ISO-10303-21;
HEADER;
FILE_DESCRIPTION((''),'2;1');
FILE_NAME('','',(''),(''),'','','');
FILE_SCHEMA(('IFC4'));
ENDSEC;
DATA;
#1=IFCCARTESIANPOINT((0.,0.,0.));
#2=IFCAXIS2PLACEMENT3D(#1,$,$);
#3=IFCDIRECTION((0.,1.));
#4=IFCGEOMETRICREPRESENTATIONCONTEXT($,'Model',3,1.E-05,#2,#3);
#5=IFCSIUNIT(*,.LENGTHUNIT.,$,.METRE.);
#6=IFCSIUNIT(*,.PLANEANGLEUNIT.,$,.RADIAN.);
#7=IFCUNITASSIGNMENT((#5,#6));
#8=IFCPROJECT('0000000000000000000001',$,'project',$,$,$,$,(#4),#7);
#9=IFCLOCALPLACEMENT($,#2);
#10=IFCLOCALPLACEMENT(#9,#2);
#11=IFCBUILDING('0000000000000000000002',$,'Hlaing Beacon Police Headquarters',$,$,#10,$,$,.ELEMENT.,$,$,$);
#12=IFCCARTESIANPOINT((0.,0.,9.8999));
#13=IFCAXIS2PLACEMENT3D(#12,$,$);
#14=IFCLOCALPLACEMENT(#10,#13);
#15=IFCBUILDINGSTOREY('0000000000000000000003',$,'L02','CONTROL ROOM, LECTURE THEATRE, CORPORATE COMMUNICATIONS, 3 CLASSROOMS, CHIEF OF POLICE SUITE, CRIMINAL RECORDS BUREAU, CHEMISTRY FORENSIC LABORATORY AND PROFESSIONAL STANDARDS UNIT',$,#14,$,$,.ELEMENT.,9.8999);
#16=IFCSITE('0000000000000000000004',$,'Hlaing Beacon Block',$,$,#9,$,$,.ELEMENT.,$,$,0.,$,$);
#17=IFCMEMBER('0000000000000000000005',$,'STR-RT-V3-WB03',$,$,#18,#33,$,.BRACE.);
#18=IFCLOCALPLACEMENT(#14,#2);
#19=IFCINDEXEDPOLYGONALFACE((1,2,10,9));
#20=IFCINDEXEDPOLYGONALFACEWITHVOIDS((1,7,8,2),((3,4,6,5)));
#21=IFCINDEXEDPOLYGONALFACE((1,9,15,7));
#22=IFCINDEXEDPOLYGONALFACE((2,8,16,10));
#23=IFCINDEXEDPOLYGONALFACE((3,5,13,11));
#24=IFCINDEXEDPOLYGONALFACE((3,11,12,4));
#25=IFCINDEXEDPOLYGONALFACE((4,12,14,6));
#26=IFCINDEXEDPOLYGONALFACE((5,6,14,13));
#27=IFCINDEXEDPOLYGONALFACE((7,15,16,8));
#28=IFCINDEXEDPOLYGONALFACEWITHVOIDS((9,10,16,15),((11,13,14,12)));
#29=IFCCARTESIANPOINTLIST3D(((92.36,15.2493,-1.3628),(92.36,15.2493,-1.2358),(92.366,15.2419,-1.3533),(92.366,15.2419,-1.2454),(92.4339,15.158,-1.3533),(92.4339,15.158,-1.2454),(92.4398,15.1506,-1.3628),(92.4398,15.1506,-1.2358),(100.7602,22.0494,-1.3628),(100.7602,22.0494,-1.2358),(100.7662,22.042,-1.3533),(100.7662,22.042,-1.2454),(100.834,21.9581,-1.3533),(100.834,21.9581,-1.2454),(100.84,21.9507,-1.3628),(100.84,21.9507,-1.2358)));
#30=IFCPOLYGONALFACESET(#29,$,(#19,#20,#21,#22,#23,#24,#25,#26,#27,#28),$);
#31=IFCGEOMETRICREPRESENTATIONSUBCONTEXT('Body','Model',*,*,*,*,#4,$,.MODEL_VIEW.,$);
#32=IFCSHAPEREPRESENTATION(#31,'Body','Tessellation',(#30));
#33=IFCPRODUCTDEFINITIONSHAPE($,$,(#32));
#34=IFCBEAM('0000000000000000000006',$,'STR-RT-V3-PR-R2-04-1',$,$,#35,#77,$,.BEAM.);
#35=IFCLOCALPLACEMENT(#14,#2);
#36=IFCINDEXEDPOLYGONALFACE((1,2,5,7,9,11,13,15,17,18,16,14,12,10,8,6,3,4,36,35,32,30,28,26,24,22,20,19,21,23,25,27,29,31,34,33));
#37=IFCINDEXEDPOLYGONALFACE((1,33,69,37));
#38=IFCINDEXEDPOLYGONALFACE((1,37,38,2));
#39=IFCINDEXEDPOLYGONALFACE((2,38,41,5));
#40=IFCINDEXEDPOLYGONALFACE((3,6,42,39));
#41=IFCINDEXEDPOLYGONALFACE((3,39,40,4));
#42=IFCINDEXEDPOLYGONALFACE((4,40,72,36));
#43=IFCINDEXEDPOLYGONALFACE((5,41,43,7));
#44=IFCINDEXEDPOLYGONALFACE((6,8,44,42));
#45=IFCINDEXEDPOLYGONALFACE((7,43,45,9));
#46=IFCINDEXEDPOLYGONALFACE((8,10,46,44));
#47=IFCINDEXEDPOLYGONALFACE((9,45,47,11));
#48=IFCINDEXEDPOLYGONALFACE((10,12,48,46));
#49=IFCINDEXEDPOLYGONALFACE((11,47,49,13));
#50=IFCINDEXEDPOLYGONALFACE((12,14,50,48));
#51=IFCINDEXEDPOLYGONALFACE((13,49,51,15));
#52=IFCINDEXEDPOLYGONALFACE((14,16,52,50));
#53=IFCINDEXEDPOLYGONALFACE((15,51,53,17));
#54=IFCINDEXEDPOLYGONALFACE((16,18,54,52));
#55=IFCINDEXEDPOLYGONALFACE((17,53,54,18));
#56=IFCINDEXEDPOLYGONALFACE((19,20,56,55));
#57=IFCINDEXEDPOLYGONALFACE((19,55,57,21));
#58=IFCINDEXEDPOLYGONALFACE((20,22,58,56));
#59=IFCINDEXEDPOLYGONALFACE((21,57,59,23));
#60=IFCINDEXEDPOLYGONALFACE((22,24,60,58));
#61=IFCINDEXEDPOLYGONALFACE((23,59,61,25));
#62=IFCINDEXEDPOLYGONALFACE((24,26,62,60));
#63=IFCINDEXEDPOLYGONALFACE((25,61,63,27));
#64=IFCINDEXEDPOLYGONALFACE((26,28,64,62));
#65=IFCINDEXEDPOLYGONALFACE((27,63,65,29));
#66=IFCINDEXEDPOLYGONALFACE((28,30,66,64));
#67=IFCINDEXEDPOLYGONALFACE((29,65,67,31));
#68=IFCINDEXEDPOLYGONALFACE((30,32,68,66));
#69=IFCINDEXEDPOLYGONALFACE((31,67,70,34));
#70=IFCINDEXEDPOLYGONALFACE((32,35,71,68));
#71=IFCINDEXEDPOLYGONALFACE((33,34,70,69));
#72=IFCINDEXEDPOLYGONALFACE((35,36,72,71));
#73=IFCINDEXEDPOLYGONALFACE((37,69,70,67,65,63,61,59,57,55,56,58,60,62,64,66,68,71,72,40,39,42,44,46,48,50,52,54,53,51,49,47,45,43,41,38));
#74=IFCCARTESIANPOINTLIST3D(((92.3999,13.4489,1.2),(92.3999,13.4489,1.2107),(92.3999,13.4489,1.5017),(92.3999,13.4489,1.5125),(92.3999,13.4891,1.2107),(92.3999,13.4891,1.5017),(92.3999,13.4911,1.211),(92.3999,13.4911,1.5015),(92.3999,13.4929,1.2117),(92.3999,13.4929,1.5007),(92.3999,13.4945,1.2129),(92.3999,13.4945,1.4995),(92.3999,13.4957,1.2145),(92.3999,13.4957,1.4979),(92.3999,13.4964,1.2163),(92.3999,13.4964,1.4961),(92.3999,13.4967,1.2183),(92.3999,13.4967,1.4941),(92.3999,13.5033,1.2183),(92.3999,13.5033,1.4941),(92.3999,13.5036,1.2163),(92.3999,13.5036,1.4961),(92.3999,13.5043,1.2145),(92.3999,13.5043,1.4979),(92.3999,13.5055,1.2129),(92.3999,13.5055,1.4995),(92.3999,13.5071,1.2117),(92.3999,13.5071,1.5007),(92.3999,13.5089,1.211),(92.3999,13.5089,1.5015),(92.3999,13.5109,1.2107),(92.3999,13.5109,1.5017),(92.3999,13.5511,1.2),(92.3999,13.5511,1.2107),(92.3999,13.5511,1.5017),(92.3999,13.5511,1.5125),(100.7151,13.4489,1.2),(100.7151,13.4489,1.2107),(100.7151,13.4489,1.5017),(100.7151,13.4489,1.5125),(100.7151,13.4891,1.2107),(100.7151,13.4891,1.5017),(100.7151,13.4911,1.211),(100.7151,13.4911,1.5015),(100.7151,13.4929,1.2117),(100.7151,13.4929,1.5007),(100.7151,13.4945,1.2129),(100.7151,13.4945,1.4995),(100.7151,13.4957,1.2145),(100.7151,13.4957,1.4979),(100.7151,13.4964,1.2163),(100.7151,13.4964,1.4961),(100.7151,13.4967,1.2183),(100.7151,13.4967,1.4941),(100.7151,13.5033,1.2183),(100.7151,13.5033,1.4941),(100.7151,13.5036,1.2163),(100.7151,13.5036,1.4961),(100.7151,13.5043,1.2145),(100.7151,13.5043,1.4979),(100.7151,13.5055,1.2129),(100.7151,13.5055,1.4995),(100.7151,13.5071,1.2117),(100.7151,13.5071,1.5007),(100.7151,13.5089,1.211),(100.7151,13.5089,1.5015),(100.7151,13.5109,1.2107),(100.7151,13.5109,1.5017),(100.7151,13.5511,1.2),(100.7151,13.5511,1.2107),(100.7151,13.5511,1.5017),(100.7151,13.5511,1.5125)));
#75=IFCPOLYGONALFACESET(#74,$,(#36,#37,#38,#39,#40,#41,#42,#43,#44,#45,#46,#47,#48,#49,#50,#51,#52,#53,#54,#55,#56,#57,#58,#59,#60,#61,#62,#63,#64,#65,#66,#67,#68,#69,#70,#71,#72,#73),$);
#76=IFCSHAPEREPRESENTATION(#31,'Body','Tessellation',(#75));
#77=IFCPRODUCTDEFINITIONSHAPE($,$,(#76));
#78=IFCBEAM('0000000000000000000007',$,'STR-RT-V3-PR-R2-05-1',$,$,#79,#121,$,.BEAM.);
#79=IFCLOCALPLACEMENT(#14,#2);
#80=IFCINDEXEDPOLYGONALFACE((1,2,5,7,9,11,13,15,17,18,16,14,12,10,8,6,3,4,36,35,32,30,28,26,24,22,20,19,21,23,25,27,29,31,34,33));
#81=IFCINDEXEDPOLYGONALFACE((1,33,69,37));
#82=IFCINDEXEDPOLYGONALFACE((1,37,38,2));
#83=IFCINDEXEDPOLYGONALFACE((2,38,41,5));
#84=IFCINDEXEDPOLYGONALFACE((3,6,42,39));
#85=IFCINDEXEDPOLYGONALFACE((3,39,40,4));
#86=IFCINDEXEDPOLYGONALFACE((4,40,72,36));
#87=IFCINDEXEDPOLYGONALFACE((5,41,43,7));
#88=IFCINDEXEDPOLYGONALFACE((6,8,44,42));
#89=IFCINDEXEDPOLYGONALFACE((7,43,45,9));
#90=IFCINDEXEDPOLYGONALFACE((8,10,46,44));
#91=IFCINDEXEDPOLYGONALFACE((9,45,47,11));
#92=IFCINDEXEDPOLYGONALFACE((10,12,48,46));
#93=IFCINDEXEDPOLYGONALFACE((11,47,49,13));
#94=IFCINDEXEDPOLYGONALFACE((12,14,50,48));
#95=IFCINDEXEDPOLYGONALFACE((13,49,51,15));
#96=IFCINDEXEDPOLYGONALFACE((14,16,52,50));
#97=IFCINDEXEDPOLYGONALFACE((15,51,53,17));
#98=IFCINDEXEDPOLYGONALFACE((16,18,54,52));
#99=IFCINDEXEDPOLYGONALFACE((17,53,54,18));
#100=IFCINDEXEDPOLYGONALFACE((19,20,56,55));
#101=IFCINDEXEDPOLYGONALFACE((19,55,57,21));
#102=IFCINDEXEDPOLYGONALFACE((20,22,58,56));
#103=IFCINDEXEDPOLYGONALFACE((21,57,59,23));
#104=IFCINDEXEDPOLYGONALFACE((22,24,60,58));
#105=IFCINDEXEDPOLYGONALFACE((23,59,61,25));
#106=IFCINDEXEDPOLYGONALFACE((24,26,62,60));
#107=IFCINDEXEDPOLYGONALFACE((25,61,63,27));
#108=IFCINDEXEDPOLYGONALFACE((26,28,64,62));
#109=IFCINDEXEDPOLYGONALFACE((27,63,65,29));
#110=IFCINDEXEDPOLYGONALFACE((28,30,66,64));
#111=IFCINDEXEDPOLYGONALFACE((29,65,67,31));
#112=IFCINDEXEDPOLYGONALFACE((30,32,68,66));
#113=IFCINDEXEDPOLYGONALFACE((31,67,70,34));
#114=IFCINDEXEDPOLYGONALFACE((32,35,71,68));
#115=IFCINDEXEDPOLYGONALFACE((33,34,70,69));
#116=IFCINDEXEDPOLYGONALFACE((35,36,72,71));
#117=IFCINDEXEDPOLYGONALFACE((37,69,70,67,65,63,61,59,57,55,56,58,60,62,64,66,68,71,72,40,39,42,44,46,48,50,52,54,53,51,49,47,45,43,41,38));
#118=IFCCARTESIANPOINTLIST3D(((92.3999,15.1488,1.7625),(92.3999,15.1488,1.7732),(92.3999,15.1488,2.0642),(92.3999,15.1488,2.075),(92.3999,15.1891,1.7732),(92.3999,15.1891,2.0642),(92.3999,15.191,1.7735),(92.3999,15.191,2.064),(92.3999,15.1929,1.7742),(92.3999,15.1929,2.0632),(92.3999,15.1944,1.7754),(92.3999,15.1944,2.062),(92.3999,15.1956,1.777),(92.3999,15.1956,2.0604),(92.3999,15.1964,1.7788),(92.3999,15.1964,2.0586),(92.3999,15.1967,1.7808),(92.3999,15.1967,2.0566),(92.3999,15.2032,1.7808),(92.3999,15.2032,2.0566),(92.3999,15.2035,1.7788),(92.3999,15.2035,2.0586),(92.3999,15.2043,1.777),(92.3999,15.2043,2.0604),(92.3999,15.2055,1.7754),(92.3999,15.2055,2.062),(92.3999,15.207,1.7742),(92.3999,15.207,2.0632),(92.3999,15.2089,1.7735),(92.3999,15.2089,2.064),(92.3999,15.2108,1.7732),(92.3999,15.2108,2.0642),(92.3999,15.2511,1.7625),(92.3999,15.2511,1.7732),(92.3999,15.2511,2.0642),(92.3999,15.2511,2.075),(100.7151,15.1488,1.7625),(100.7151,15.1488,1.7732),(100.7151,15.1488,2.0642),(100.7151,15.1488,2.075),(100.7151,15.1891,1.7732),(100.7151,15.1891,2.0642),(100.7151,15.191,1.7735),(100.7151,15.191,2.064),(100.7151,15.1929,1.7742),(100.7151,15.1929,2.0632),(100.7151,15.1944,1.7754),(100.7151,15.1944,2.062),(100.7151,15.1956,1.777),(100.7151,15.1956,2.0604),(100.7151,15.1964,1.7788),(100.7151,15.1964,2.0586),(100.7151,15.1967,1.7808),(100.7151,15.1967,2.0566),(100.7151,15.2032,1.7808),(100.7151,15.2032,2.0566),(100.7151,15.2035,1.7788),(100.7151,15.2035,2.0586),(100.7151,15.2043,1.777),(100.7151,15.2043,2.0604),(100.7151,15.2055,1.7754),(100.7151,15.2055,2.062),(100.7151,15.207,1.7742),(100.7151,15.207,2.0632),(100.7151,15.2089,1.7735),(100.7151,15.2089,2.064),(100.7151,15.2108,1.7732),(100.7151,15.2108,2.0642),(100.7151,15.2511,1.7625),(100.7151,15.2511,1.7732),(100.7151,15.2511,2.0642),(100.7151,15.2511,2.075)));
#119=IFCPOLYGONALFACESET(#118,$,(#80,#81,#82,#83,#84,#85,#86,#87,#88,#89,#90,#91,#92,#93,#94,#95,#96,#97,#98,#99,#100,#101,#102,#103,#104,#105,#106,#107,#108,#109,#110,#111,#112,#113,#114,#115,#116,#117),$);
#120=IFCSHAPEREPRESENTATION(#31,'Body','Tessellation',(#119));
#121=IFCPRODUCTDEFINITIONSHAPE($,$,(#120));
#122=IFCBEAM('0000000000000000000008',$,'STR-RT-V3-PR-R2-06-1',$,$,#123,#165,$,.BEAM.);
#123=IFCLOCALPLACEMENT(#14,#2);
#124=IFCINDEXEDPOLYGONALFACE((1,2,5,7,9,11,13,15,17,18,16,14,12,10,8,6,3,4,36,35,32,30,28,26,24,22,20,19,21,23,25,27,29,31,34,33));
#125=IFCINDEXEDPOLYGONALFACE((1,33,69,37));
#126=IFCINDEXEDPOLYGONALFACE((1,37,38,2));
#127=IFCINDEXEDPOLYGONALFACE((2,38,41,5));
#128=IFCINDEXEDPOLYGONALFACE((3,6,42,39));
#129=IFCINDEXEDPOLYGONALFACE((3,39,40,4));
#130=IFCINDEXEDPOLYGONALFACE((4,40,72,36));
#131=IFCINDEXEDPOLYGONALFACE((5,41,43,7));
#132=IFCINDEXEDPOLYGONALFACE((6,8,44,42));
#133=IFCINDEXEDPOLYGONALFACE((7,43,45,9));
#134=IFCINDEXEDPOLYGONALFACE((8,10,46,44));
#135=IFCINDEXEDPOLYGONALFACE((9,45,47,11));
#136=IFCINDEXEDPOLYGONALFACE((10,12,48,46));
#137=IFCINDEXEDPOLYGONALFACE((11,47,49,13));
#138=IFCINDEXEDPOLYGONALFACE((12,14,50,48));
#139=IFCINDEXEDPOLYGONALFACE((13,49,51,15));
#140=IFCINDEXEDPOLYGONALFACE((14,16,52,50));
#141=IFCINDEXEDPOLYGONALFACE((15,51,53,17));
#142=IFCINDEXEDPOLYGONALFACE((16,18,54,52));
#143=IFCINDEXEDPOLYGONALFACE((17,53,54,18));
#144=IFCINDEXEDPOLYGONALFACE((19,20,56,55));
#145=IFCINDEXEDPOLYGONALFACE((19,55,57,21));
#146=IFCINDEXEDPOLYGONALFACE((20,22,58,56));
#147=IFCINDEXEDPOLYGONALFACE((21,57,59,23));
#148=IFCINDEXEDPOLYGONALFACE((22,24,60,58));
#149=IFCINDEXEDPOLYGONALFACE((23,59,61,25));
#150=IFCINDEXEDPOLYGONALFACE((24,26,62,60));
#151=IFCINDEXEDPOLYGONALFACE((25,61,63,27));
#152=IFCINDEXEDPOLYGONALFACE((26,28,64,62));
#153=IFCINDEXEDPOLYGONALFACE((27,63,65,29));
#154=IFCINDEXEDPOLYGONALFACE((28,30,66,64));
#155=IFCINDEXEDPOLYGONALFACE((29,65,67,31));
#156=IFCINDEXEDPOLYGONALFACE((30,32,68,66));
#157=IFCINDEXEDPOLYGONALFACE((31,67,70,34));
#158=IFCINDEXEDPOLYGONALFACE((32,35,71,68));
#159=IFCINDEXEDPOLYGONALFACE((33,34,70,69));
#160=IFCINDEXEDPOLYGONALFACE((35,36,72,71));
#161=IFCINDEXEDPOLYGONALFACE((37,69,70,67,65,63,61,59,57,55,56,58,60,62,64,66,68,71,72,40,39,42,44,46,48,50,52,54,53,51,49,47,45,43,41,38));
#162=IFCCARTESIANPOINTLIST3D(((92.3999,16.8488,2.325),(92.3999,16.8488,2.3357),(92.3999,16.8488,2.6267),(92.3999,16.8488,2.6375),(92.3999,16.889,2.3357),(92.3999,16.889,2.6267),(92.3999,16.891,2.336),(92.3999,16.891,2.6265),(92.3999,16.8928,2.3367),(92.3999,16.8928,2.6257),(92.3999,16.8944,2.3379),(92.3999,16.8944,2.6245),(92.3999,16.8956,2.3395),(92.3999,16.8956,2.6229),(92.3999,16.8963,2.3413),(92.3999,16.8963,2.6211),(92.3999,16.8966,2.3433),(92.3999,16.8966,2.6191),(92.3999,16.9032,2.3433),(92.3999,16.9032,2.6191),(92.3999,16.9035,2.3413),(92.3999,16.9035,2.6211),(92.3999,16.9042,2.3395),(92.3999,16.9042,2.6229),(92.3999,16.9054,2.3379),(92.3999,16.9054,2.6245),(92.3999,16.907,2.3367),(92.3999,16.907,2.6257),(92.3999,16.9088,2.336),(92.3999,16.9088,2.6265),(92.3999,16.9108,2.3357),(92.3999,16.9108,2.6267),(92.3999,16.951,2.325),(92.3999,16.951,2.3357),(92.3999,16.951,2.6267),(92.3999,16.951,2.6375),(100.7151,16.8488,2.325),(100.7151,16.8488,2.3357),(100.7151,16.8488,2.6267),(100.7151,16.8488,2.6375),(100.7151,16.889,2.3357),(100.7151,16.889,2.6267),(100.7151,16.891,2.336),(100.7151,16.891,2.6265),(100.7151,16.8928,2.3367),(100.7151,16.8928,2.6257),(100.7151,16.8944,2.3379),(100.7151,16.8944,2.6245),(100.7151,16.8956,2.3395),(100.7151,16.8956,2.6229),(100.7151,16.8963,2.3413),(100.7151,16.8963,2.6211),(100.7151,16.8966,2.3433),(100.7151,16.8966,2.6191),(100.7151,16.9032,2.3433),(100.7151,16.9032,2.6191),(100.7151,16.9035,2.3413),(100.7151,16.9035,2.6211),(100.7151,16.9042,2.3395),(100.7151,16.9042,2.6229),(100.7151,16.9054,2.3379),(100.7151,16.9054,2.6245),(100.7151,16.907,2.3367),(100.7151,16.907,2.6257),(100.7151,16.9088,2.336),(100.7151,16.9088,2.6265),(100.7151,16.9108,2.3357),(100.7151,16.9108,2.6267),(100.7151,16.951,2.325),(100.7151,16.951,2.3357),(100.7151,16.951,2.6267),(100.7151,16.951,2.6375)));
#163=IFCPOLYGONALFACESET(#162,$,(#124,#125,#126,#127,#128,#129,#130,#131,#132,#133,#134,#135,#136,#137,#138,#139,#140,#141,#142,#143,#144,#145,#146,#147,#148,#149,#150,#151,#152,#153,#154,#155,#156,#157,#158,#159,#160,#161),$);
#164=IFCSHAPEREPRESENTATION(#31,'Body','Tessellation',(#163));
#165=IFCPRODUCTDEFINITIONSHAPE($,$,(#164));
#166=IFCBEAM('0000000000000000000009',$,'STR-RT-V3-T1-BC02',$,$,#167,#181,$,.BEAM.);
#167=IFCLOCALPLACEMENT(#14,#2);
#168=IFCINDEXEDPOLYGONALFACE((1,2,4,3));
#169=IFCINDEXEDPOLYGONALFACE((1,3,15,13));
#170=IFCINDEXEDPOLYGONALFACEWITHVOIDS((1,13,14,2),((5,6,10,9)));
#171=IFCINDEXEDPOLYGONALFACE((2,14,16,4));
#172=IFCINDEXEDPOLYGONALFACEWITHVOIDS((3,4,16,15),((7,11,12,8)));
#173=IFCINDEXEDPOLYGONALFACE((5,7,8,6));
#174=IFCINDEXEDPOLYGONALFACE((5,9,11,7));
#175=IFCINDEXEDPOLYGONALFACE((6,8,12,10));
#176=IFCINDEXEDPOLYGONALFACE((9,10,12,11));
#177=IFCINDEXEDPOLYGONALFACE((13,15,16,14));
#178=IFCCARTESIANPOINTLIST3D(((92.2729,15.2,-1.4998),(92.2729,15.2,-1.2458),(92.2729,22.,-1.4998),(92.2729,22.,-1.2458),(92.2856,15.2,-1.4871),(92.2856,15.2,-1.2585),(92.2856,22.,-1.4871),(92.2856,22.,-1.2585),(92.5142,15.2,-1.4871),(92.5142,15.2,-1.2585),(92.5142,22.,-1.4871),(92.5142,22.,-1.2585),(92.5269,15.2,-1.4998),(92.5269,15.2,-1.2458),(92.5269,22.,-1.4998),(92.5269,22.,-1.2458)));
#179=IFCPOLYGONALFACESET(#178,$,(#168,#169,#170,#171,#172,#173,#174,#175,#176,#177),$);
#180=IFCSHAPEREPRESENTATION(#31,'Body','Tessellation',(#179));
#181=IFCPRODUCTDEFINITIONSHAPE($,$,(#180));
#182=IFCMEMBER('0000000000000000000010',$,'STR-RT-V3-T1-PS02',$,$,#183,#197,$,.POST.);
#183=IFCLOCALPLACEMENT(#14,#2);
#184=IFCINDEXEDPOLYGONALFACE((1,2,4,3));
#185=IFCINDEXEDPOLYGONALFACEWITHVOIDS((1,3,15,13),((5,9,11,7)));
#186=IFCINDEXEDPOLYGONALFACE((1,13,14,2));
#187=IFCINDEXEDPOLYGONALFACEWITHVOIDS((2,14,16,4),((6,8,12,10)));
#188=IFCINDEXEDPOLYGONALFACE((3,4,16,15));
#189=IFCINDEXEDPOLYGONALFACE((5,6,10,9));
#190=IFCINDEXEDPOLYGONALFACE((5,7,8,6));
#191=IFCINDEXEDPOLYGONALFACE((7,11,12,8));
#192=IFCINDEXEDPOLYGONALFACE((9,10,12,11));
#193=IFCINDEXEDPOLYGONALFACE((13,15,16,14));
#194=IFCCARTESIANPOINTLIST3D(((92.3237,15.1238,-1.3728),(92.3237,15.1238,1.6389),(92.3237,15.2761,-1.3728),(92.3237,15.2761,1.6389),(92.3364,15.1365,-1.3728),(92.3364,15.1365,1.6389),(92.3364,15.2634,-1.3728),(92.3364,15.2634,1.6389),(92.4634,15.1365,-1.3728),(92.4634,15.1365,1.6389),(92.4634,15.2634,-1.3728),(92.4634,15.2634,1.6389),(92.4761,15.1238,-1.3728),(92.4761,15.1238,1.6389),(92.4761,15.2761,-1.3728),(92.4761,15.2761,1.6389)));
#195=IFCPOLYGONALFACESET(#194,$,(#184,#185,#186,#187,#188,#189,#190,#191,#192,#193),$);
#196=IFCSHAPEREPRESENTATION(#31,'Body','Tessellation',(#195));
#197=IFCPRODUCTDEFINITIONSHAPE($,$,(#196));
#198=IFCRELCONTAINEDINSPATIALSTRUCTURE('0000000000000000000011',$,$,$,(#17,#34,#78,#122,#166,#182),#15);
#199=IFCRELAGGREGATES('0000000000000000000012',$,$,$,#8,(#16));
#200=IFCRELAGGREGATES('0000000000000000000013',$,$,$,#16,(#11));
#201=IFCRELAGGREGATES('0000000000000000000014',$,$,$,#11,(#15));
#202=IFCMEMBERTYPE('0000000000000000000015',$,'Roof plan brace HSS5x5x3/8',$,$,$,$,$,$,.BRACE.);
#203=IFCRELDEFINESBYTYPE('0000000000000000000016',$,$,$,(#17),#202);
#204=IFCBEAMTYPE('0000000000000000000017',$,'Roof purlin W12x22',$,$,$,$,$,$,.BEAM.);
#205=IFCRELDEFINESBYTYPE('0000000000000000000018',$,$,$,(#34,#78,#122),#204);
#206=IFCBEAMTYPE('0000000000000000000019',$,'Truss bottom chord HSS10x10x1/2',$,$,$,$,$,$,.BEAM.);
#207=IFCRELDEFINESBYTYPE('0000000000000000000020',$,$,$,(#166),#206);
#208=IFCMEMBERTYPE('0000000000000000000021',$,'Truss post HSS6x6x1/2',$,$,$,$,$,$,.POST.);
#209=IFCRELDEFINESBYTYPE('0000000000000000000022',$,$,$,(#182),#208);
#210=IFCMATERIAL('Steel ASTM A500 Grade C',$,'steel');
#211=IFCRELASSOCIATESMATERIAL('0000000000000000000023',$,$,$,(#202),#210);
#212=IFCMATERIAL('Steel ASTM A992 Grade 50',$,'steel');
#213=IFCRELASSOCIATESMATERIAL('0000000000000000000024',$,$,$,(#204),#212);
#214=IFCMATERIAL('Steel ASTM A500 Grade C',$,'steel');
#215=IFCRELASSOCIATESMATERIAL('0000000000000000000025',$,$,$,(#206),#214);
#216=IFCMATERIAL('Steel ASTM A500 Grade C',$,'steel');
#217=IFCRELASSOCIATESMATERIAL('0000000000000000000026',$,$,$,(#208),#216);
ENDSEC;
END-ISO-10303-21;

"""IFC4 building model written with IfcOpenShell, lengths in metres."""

from ifc_helpers import new_model, si_unit, direction, frame, origin, origin_2d, place, context, subcontext, project, spatial, hollow_rectangle, i_section, extrude, material, material_profile, profile_set, type_object, element, save


model = new_model("IFC4")

# Units and contexts
model_context = context("Model", 3, precision=1e-05, world=origin(), true_north=direction((0.0, 1.0)))
body_context = subcontext(model_context, "Body", "Model", "MODEL_VIEW")
ifc_project = project(units=[si_unit("LENGTHUNIT", "METRE"), si_unit("PLANEANGLEUNIT", "RADIAN")], contexts=[model_context])

# Site, building, storey
site_placement = place(None, origin())
site = spatial("IfcSite", under=ifc_project, at=site_placement, Name="Hlaing Beacon Block", CompositionType="ELEMENT", RefElevation=0.0)
building_placement = place(site_placement, origin())
building = spatial("IfcBuilding", under=site, at=building_placement, Name="Hlaing Beacon Police Headquarters", CompositionType="ELEMENT")
storey_placement = place(building_placement, frame((0.0, 0.0, 9.8999)))
storey = spatial("IfcBuildingStorey", under=building, at=storey_placement, Name="L02", Description="CONTROL ROOM, LECTURE THEATRE, CORPORATE COMMUNICATIONS, 3 CLASSROOMS, CHIEF OF POLICE SUITE, CRIMINAL RECORDS BUREAU, CHEMISTRY FORENSIC LABORATORY AND PROFESSIONAL STANDARDS UNIT", CompositionType="ELEMENT", Elevation=9.8999)

# Member
ifc_material_1 = material(Name="Steel ASTM A500 Grade C", Category="steel")
ifc_material_profile_1 = material_profile(ifc_material_1, hollow_rectangle(XDim=0.127, YDim=0.127, WallThickness=0.0095, at=origin_2d()), Name="HSS5x5x3/8")
ifc_profile_set_1 = profile_set([ifc_material_profile_1], Name="Steel ASTM A500 Grade C")
member_type_1 = type_object("IfcMemberType", Name="Roof plan brace HSS5x5x3/8", PredefinedType="BRACE", material=ifc_profile_set_1)
member_1_placement = place(storey_placement, frame((92.3999, 15.2, -1.2993), z_axis=(0.777248, 0.629194, 0.0), x_axis=(-0.629194, 0.777248, 0.0)))
element("IfcMember", 1, at=member_1_placement, inside=storey, type_object=member_type_1, Name="STR-RT-V3-WB03", PredefinedType="BRACE", context=body_context, shape_type="SweptSolid", body=[
    extrude(hollow_rectangle(XDim=0.127, YDim=0.127, WallThickness=0.0095, at=origin_2d()), origin(), (0.0, 0.0, 1.0), 10.8076),
])

# Beams
ifc_material_2 = material(Name="Steel ASTM A992 Grade 50", Category="steel")
ifc_material_profile_2 = material_profile(ifc_material_2, i_section(OverallWidth=0.1023, OverallDepth=0.3125, WebThickness=0.0066, FlangeThickness=0.0107, FilletRadius=0.0076, at=origin_2d()), Name="W12x22")
ifc_profile_set_2 = profile_set([ifc_material_profile_2], Name="Steel ASTM A992 Grade 50")
beam_type_1 = type_object("IfcBeamType", Name="Roof purlin W12x22", PredefinedType="BEAM", material=ifc_profile_set_2)
for number, where, z_axis, x_axis, name in (
    (2, (92.3999, 13.5, 1.3562), (1.0, 0.0, 0.0), (0.0, 1.0, 0.0), "STR-RT-V3-PR-R2-04-1"),
    (3, (92.3999, 15.2, 1.9187), (1.0, 0.0, 0.0), (0.0, 1.0, 0.0), "STR-RT-V3-PR-R2-05-1"),
    (4, (92.3999, 16.8999, 2.4812), (1.0, 0.0, 0.0), (0.0, 1.0, 0.0), "STR-RT-V3-PR-R2-06-1"),
):
    element("IfcBeam", number, at=place(storey_placement, frame(where, z_axis=z_axis, x_axis=x_axis)), inside=storey, type_object=beam_type_1, Name=name, PredefinedType="BEAM", context=body_context, shape_type="SweptSolid", body=[
        extrude(i_section(OverallWidth=0.1023, OverallDepth=0.3125, WebThickness=0.0066, FlangeThickness=0.0107, FilletRadius=0.0076, at=origin_2d()), origin(), (0.0, 0.0, 1.0), 8.3152),
    ])
ifc_material_3 = material(Name="Steel ASTM A500 Grade C", Category="steel")
ifc_material_profile_3 = material_profile(ifc_material_3, hollow_rectangle(XDim=0.2539, YDim=0.2539, WallThickness=0.0127, at=origin_2d()), Name="HSS10x10x1/2")
ifc_profile_set_3 = profile_set([ifc_material_profile_3], Name="Steel ASTM A500 Grade C")
beam_type_2 = type_object("IfcBeamType", Name="Truss bottom chord HSS10x10x1/2", PredefinedType="BEAM", material=ifc_profile_set_3)
beam_1_placement = place(storey_placement, frame((92.3999, 15.2, -1.3728), z_axis=(0.0, 1.0, 0.0), x_axis=(-1.0, 0.0, 0.0)))
element("IfcBeam", 5, at=beam_1_placement, inside=storey, type_object=beam_type_2, Name="STR-RT-V3-T1-BC02", PredefinedType="BEAM", context=body_context, shape_type="SweptSolid", body=[
    extrude(hollow_rectangle(XDim=0.2539, YDim=0.2539, WallThickness=0.0127, at=origin_2d()), origin(), (0.0, 0.0, 1.0), 6.8),
])

# Member
ifc_material_4 = material(Name="Steel ASTM A500 Grade C", Category="steel")
ifc_material_profile_4 = material_profile(ifc_material_4, hollow_rectangle(XDim=0.1523, YDim=0.1523, WallThickness=0.0127, at=origin_2d()), Name="HSS6x6x1/2")
ifc_profile_set_4 = profile_set([ifc_material_profile_4], Name="Steel ASTM A500 Grade C")
member_type_2 = type_object("IfcMemberType", Name="Truss post HSS6x6x1/2", PredefinedType="POST", material=ifc_profile_set_4)
member_2_placement = place(storey_placement, frame((92.3999, 15.2, -1.3728), z_axis=(0.0, 0.0, 1.0), x_axis=(1.0, 0.0, 0.0)))
element("IfcMember", 6, at=member_2_placement, inside=storey, type_object=member_type_2, Name="STR-RT-V3-T1-PS02", PredefinedType="POST", context=body_context, shape_type="SweptSolid", body=[
    extrude(hollow_rectangle(XDim=0.1523, YDim=0.1523, WallThickness=0.0127, at=origin_2d()), origin(), (0.0, 0.0, 1.0), 3.0117),
])

save(model, "model.ifc")
